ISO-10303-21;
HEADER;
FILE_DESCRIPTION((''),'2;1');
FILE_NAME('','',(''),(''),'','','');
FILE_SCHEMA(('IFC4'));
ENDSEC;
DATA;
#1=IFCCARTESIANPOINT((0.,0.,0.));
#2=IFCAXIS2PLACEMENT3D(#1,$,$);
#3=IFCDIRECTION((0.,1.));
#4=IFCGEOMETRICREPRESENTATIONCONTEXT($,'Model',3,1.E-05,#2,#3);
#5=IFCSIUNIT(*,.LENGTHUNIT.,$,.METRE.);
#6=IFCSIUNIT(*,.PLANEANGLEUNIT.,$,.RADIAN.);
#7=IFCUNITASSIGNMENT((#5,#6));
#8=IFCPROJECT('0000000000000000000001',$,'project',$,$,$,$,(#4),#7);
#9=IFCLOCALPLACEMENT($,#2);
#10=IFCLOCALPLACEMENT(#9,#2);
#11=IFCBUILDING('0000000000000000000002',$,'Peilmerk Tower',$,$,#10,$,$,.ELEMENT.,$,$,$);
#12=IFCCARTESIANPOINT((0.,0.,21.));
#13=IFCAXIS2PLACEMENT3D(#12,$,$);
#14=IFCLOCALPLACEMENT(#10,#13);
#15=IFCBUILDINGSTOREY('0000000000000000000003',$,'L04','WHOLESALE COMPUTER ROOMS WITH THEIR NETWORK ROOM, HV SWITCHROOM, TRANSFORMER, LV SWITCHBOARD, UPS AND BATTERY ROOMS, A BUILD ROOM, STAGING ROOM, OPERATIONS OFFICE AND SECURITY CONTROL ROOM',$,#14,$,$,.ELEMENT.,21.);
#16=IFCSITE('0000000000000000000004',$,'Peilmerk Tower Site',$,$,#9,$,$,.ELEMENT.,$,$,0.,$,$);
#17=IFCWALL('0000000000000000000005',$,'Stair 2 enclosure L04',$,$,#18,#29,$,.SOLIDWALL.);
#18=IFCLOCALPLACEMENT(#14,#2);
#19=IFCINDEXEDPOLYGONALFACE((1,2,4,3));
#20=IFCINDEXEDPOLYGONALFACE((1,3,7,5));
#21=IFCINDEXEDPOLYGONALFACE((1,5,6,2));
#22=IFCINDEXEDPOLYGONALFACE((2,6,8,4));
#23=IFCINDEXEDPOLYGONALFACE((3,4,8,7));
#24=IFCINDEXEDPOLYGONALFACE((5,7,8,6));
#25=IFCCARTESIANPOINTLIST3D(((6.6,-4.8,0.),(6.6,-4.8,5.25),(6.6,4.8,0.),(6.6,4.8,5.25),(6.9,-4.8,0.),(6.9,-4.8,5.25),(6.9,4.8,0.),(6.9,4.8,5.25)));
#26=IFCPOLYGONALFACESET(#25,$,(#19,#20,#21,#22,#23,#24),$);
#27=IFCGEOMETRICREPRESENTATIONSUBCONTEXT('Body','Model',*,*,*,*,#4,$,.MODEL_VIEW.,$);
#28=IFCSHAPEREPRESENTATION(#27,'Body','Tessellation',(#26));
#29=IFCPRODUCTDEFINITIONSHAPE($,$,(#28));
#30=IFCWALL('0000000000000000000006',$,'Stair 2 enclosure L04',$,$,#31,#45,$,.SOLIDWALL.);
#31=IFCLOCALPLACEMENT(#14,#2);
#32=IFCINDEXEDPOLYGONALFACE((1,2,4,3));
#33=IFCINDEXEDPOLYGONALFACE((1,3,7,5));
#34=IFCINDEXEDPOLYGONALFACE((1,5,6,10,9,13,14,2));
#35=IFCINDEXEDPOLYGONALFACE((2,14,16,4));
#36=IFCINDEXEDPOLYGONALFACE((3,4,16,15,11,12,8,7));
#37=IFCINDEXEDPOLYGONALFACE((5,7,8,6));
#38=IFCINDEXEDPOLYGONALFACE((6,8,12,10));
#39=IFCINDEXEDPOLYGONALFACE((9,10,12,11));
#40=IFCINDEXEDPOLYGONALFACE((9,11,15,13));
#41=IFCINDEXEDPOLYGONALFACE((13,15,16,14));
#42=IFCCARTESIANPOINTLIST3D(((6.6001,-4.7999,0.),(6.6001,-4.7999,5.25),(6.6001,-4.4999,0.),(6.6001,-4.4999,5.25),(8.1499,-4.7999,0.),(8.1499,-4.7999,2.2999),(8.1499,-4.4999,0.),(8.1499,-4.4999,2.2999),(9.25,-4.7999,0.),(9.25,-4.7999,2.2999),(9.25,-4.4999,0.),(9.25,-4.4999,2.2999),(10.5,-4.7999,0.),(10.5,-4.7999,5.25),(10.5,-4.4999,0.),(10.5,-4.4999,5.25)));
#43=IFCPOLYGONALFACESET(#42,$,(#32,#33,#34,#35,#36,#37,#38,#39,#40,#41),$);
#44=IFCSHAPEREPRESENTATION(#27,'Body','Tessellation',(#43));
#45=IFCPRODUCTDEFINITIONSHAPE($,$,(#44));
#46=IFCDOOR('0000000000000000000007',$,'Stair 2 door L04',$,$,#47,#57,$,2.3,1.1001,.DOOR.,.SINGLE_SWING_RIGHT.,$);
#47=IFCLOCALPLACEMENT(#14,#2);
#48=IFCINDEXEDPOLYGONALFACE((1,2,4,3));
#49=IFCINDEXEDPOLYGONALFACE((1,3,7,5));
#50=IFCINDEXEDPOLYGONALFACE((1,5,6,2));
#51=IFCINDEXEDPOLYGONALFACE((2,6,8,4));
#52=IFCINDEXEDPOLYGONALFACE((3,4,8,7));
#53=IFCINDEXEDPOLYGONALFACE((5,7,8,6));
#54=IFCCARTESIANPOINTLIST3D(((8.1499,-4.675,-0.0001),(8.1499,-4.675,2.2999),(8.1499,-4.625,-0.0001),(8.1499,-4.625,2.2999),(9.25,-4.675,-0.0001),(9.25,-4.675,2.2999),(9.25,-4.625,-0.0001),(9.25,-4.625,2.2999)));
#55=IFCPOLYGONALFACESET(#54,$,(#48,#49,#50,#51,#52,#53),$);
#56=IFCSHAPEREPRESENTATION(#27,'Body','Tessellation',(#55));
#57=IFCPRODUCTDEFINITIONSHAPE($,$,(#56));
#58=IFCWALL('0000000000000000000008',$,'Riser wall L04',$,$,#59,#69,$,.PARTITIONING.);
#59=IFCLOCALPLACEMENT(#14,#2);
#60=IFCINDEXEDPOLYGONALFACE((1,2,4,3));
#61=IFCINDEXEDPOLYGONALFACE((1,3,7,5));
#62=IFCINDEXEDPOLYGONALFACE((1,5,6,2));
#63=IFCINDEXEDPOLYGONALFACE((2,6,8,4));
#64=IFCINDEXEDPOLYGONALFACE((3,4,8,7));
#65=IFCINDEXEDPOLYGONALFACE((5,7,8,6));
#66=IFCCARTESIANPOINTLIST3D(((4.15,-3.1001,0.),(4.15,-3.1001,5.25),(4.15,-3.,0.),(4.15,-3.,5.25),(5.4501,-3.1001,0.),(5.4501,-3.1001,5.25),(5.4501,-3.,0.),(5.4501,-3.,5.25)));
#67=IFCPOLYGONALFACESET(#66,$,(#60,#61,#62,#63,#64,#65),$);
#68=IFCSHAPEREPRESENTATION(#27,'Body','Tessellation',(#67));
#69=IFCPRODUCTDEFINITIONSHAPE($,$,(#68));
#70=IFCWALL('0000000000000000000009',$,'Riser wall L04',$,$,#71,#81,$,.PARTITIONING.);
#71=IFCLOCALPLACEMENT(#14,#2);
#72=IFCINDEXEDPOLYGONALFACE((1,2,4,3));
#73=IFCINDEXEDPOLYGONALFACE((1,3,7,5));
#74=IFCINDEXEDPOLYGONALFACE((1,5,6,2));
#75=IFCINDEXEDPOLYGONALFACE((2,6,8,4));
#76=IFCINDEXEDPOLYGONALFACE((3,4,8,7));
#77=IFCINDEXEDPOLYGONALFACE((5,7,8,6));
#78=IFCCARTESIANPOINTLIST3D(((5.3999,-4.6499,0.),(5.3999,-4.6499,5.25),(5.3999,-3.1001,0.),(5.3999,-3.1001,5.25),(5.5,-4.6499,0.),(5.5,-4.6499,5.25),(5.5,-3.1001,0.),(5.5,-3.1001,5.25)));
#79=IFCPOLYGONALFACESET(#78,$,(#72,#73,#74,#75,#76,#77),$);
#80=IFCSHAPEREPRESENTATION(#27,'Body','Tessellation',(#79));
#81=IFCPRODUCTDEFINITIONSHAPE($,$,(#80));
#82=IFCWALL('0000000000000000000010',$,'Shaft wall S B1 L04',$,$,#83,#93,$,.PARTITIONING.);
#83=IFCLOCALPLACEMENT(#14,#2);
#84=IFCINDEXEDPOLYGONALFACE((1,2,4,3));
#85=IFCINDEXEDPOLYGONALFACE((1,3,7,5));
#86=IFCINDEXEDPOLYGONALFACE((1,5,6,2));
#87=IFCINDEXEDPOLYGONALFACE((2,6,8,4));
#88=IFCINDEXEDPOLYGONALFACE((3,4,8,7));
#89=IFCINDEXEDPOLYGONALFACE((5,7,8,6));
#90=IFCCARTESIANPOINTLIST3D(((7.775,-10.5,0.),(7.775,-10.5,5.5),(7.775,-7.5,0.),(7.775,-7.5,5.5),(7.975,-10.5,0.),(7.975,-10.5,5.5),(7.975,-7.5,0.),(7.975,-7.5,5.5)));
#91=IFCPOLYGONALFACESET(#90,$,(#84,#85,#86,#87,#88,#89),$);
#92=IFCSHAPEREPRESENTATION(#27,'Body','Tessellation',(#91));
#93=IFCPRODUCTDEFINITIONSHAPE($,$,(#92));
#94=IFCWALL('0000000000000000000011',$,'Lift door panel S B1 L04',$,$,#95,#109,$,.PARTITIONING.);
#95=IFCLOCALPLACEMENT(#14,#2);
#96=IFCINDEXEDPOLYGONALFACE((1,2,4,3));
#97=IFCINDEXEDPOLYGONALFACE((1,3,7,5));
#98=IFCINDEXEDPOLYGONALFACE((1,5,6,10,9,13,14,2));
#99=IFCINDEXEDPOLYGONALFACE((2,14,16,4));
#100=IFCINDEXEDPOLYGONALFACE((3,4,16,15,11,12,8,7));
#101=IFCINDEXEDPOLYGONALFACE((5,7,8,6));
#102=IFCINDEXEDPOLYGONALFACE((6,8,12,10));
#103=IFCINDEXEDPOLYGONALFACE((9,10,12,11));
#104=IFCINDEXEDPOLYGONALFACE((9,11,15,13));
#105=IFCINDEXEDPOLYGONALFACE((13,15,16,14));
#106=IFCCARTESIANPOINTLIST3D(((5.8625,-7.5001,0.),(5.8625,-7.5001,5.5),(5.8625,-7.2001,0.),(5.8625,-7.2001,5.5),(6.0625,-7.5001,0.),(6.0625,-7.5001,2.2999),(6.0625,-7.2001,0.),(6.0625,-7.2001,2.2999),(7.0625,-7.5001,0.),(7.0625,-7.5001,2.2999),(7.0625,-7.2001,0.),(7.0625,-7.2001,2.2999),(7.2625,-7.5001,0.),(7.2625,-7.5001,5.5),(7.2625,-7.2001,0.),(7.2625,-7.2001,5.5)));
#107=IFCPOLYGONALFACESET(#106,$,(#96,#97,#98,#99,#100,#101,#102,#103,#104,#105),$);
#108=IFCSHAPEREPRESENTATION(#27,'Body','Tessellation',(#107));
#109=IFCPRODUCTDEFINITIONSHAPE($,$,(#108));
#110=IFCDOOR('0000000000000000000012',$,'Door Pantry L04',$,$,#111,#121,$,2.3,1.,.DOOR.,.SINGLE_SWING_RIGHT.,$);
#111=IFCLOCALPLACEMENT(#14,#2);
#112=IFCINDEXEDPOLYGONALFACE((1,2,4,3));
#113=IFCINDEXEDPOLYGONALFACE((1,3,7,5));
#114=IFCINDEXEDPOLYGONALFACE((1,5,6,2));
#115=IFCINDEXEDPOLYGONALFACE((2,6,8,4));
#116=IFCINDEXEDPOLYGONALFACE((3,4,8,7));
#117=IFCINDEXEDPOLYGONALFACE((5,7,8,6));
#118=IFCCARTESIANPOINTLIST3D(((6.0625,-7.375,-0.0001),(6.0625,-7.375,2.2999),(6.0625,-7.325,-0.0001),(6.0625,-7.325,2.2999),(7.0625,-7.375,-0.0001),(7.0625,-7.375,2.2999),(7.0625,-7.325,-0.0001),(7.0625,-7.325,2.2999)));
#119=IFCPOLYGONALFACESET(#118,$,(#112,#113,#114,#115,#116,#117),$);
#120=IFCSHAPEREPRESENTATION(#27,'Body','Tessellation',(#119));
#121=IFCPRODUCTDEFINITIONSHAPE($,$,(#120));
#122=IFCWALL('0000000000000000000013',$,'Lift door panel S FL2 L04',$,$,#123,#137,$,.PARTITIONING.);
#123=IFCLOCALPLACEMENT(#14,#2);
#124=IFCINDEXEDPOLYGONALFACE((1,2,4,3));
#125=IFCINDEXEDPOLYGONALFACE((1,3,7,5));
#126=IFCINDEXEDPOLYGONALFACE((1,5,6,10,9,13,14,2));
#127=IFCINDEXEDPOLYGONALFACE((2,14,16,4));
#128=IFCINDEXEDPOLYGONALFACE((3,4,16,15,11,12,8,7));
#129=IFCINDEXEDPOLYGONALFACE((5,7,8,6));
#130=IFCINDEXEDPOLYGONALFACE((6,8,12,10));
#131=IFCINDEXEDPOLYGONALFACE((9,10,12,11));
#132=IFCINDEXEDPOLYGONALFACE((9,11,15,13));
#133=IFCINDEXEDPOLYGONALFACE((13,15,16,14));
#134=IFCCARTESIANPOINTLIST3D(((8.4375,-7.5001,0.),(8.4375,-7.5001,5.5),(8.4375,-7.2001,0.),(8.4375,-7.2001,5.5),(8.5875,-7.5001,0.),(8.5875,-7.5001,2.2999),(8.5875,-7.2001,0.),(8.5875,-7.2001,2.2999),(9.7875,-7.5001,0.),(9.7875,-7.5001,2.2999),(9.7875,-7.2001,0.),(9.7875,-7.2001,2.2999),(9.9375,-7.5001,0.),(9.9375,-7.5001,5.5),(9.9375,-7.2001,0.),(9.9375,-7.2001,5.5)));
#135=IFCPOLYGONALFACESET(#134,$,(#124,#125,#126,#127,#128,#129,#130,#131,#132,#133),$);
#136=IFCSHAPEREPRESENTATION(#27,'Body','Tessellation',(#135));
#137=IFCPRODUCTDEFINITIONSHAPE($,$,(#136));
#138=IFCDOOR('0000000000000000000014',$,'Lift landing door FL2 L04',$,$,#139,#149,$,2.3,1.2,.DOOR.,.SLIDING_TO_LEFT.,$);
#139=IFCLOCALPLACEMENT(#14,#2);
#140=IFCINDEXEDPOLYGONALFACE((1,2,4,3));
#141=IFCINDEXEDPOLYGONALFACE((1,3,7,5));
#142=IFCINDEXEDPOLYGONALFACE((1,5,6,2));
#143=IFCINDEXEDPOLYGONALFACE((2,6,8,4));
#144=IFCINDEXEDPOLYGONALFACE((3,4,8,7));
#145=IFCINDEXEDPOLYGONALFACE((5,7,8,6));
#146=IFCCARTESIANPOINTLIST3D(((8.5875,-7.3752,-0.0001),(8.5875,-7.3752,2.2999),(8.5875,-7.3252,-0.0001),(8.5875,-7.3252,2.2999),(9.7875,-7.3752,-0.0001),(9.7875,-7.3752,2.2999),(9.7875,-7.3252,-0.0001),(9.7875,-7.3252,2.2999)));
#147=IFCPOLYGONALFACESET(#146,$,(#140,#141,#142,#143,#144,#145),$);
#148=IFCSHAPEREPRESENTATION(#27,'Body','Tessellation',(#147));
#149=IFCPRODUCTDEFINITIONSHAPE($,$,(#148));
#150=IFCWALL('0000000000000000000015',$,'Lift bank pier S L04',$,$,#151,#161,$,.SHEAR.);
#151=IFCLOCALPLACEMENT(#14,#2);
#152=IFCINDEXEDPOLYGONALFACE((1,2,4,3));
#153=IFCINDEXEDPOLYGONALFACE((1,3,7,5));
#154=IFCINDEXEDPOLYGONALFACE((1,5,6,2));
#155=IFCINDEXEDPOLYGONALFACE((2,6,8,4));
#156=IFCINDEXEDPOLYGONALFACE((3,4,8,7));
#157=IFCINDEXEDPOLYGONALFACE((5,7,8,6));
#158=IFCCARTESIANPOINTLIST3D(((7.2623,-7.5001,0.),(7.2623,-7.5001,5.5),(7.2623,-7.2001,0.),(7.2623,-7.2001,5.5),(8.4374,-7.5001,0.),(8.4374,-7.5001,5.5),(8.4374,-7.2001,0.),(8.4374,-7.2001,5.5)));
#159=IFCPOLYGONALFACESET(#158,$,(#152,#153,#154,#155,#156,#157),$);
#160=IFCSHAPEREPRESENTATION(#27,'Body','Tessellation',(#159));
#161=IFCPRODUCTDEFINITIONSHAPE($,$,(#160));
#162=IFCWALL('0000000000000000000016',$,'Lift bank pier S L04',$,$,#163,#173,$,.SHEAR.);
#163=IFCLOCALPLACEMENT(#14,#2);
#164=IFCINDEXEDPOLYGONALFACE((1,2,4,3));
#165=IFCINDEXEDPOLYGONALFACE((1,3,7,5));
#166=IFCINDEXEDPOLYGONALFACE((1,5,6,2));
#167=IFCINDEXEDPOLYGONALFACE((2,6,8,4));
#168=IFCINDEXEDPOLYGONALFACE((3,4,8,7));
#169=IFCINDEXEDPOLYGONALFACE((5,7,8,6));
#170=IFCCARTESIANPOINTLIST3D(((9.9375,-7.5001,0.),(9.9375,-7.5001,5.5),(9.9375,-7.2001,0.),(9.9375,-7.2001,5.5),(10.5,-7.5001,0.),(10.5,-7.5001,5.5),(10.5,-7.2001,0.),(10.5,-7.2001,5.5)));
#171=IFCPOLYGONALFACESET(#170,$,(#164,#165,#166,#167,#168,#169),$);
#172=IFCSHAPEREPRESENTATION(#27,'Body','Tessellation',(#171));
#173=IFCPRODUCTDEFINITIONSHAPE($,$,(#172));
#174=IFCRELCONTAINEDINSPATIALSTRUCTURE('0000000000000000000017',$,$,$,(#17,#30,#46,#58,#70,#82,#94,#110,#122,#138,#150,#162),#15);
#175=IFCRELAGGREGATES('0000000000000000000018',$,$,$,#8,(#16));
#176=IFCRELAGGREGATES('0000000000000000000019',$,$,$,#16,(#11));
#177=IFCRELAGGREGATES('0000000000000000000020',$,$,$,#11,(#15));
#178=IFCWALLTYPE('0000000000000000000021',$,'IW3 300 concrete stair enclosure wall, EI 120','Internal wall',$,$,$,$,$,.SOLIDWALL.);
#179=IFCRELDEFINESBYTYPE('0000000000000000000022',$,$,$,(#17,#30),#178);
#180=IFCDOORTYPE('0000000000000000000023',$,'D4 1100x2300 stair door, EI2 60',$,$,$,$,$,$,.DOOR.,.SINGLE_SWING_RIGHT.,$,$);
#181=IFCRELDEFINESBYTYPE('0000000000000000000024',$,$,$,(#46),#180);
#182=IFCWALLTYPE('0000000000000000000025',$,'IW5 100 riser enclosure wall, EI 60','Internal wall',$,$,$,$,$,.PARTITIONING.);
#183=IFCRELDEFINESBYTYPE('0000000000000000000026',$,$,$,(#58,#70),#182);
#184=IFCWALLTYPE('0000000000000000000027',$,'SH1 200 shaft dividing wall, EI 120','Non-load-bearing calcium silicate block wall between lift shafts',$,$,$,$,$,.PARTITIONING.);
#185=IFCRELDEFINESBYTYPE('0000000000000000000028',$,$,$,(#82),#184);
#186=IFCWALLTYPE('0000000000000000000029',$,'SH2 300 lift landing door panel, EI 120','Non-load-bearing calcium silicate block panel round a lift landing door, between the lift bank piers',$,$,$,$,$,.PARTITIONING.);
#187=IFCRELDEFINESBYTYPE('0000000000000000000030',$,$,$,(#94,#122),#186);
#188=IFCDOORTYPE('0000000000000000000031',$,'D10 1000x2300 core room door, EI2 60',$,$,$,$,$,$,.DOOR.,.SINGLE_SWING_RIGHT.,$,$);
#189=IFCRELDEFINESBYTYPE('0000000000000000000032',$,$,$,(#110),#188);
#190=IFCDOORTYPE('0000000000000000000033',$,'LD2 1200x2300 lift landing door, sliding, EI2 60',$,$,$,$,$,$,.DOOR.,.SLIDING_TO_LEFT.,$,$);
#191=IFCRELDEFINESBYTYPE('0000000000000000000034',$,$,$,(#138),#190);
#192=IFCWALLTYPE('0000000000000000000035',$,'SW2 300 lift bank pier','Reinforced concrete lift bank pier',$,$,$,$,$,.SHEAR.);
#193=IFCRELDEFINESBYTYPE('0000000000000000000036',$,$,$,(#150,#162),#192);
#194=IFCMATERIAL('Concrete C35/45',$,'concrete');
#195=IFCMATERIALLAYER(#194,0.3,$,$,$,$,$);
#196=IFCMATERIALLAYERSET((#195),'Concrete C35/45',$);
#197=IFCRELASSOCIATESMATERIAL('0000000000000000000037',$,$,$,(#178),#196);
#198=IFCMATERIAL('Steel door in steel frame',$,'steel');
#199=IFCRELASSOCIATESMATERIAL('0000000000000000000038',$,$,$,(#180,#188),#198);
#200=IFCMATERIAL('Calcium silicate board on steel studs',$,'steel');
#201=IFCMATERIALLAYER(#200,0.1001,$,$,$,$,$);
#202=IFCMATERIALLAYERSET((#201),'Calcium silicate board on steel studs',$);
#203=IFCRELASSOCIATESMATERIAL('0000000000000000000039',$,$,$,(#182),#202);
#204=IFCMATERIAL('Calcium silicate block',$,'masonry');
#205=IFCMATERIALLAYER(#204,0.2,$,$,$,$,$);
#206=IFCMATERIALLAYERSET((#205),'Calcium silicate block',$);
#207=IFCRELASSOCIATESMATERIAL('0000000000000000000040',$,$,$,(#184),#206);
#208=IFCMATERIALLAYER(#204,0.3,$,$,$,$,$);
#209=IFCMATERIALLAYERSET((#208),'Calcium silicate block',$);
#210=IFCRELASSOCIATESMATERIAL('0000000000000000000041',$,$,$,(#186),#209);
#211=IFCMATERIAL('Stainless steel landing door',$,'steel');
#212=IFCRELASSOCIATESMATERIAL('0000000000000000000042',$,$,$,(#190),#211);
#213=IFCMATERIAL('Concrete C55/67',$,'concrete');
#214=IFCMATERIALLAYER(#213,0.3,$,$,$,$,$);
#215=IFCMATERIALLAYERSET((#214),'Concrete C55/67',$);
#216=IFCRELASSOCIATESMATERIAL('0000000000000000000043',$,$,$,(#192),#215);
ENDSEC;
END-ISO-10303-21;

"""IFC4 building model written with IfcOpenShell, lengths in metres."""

from ifc_helpers import new_model, si_unit, direction, frame, frame_2d, origin, place, context, subcontext, project, spatial, rectangle, extrude, material, layer, layer_set, type_object, element, fill, save


model = new_model("IFC4")

# Units and contexts
model_context = context("Model", 3, precision=1e-05, world=origin(), true_north=direction((0.0, 1.0)))
body_context = subcontext(model_context, "Body", "Model", "MODEL_VIEW")
ifc_project = project(units=[si_unit("LENGTHUNIT", "METRE"), si_unit("PLANEANGLEUNIT", "RADIAN")], contexts=[model_context])

# Site, building, storey
site_placement = place(None, origin())
site = spatial("IfcSite", under=ifc_project, at=site_placement, Name="Peilmerk Tower Site", CompositionType="ELEMENT", RefElevation=0.0)
building_placement = place(site_placement, origin())
building = spatial("IfcBuilding", under=site, at=building_placement, Name="Peilmerk Tower", CompositionType="ELEMENT")
storey_placement = place(building_placement, frame((0.0, 0.0, 21.0)))
storey = spatial("IfcBuildingStorey", under=building, at=storey_placement, Name="L04", Description="WHOLESALE COMPUTER ROOMS WITH THEIR NETWORK ROOM, HV SWITCHROOM, TRANSFORMER, LV SWITCHBOARD, UPS AND BATTERY ROOMS, A BUILD ROOM, STAGING ROOM, OPERATIONS OFFICE AND SECURITY CONTROL ROOM", CompositionType="ELEMENT", Elevation=21.0)

# Wall
ifc_material_1 = material(Name="Concrete C35/45", Category="concrete")
ifc_layer_1 = layer(ifc_material_1, 0.3)
ifc_layer_set_1 = layer_set([ifc_layer_1], Name="Concrete C35/45")
wall_type_1 = type_object("IfcWallType", Name="IW3 300 concrete stair enclosure wall, EI 120", Description="Internal wall", PredefinedType="SOLIDWALL", material=ifc_layer_set_1)
wall_1_placement = place(storey_placement, frame((6.75, -4.8, 0.0), z_axis=(0.0, 0.0, 1.0), x_axis=(0.0, 1.0, 0.0)))
element("IfcWall", 1, at=wall_1_placement, inside=storey, type_object=wall_type_1, Name="Stair 2 enclosure L04", PredefinedType="SOLIDWALL", context=body_context, shape_type="SweptSolid", body=[
    extrude(rectangle(XDim=9.6001, YDim=0.3, at=frame_2d((4.8, 0.0))), origin(), (0.0, 0.0, 1.0), 5.25),
])

# Wall, opening, door
wall_2_placement = place(storey_placement, frame((10.5, -4.6499, 0.0), z_axis=(0.0, 0.0, 1.0), x_axis=(-1.0, 0.0, 0.0)))
wall_2 = element("IfcWall", 2, at=wall_2_placement, inside=storey, type_object=wall_type_1, Name="Stair 2 enclosure L04", PredefinedType="SOLIDWALL", context=body_context, shape_type="SweptSolid", body=[
    extrude(rectangle(XDim=3.8999, YDim=0.3, at=frame_2d((1.95, 0.0))), origin(), (0.0, 0.0, 1.0), 5.25),
])
opening_1_placement = place(wall_2_placement, frame((1.25, 0.0, 0.0)))
opening_1 = element("IfcOpeningElement", 3, at=opening_1_placement, cuts=wall_2, PredefinedType="OPENING", context=body_context, shape_type="SweptSolid", body=[
    extrude(rectangle(XDim=1.1001, YDim=2.3, at=frame_2d((0.55, 1.1499))), frame((0.0, 0.1599, 0.0), z_axis=(0.0, -1.0, 0.0), x_axis=(1.0, 0.0, 0.0)), (0.0, 0.0, 1.0), 0.3201),
])
ifc_material_2 = material(Name="Steel door in steel frame", Category="steel")
door_type_1 = type_object("IfcDoorType", Name="D4 1100x2300 stair door, EI2 60", OperationType="SINGLE_SWING_RIGHT", PredefinedType="DOOR", material=ifc_material_2)
door_1_placement = place(opening_1_placement, frame((1.1001, 0.0, 0.0), z_axis=(0.0, 0.0, 1.0), x_axis=(-1.0, 0.0, 0.0)))
door_1 = element("IfcDoor", 4, at=door_1_placement, inside=storey, type_object=door_type_1, Name="Stair 2 door L04", OperationType="SINGLE_SWING_RIGHT", OverallHeight=2.3, OverallWidth=1.1001, PredefinedType="DOOR", context=body_context, shape_type="SweptSolid", body=[
    extrude(rectangle(XDim=1.1001, YDim=2.3, at=frame_2d((0.55, 1.1499))), frame((0.0, 0.0249, 0.0), z_axis=(0.0, -1.0, 0.0), x_axis=(1.0, 0.0, 0.0)), (0.0, 0.0, 1.0), 0.05),
])
fill(opening_1, door_1)

# Walls
ifc_material_3 = material(Name="Calcium silicate board on steel studs", Category="steel")
ifc_layer_2 = layer(ifc_material_3, 0.1001)
ifc_layer_set_2 = layer_set([ifc_layer_2], Name="Calcium silicate board on steel studs")
wall_type_2 = type_object("IfcWallType", Name="IW5 100 riser enclosure wall, EI 60", Description="Internal wall", PredefinedType="PARTITIONING", material=ifc_layer_set_2)
wall_3_placement = place(storey_placement, frame((5.45, -3.05, 0.0), z_axis=(0.0, 0.0, 1.0), x_axis=(-1.0, 0.0, 0.0)))
element("IfcWall", 5, at=wall_3_placement, inside=storey, type_object=wall_type_2, Name="Riser wall L04", PredefinedType="PARTITIONING", context=body_context, shape_type="SweptSolid", body=[
    extrude(rectangle(XDim=1.3, YDim=0.1001, at=frame_2d((0.6499, 0.0))), origin(), (0.0, 0.0, 1.0), 5.25),
])
wall_4_placement = place(storey_placement, frame((5.45, -3.1001, 0.0), z_axis=(0.0, 0.0, 1.0), x_axis=(0.0, -1.0, 0.0)))
element("IfcWall", 6, at=wall_4_placement, inside=storey, type_object=wall_type_2, Name="Riser wall L04", PredefinedType="PARTITIONING", context=body_context, shape_type="SweptSolid", body=[
    extrude(rectangle(XDim=1.5498, YDim=0.1001, at=frame_2d((0.7749, 0.0))), origin(), (0.0, 0.0, 1.0), 5.25),
])
ifc_material_4 = material(Name="Calcium silicate block", Category="masonry")
ifc_layer_3 = layer(ifc_material_4, 0.2)
ifc_layer_set_3 = layer_set([ifc_layer_3], Name="Calcium silicate block")
wall_type_3 = type_object("IfcWallType", Name="SH1 200 shaft dividing wall, EI 120", Description="Non-load-bearing calcium silicate block wall between lift shafts", PredefinedType="PARTITIONING", material=ifc_layer_set_3)
wall_5_placement = place(storey_placement, frame((7.875, -10.5, 0.0), z_axis=(0.0, 0.0, 1.0), x_axis=(0.0, 1.0, 0.0)))
element("IfcWall", 7, at=wall_5_placement, inside=storey, type_object=wall_type_3, Name="Shaft wall S B1 L04", PredefinedType="PARTITIONING", context=body_context, shape_type="SweptSolid", body=[
    extrude(rectangle(XDim=3.0, YDim=0.2, at=frame_2d((1.5, 0.0))), origin(), (0.0, 0.0, 1.0), 5.5),
])

# Walls, openings, doors
ifc_layer_4 = layer(ifc_material_4, 0.3)
ifc_layer_set_4 = layer_set([ifc_layer_4], Name="Calcium silicate block")
wall_type_4 = type_object("IfcWallType", Name="SH2 300 lift landing door panel, EI 120", Description="Non-load-bearing calcium silicate block panel round a lift landing door, between the lift bank piers", PredefinedType="PARTITIONING", material=ifc_layer_set_4)
wall_6_placement = place(storey_placement, frame((5.8625, -7.3501, 0.0), z_axis=(0.0, 0.0, 1.0), x_axis=(1.0, 0.0, 0.0)))
wall_6 = element("IfcWall", 8, at=wall_6_placement, inside=storey, type_object=wall_type_4, Name="Lift door panel S B1 L04", PredefinedType="PARTITIONING", context=body_context, shape_type="SweptSolid", body=[
    extrude(rectangle(XDim=1.3999, YDim=0.3, at=frame_2d((0.7, 0.0))), origin(), (0.0, 0.0, 1.0), 5.5),
])
opening_2_placement = place(wall_6_placement, frame((0.2, 0.0, 0.0)))
opening_2 = element("IfcOpeningElement", 9, at=opening_2_placement, cuts=wall_6, PredefinedType="OPENING", context=body_context, shape_type="SweptSolid", body=[
    extrude(rectangle(XDim=1.0, YDim=2.3, at=frame_2d((0.5, 1.1499))), frame((0.0, 0.1599, 0.0), z_axis=(0.0, -1.0, 0.0), x_axis=(1.0, 0.0, 0.0)), (0.0, 0.0, 1.0), 0.3201),
])
door_type_2 = type_object("IfcDoorType", Name="D10 1000x2300 core room door, EI2 60", OperationType="SINGLE_SWING_RIGHT", PredefinedType="DOOR", material=ifc_material_2)
door_2_placement = place(opening_2_placement, frame((1.0, 0.0, 0.0), z_axis=(0.0, 0.0, 1.0), x_axis=(-1.0, 0.0, 0.0)))
door_2 = element("IfcDoor", 10, at=door_2_placement, inside=storey, type_object=door_type_2, Name="Door Pantry L04", OperationType="SINGLE_SWING_RIGHT", OverallHeight=2.3, OverallWidth=1.0, PredefinedType="DOOR", context=body_context, shape_type="SweptSolid", body=[
    extrude(rectangle(XDim=1.0, YDim=2.3, at=frame_2d((0.5, 1.1499))), frame((0.0, 0.0249, 0.0), z_axis=(0.0, -1.0, 0.0), x_axis=(1.0, 0.0, 0.0)), (0.0, 0.0, 1.0), 0.05),
])
fill(opening_2, door_2)
wall_7_placement = place(storey_placement, frame((8.4375, -7.3501, 0.0), z_axis=(0.0, 0.0, 1.0), x_axis=(1.0, 0.0, 0.0)))
wall_7 = element("IfcWall", 11, at=wall_7_placement, inside=storey, type_object=wall_type_4, Name="Lift door panel S FL2 L04", PredefinedType="PARTITIONING", context=body_context, shape_type="SweptSolid", body=[
    extrude(rectangle(XDim=1.5, YDim=0.3, at=frame_2d((0.75, 0.0))), origin(), (0.0, 0.0, 1.0), 5.5),
])
opening_3_placement = place(wall_7_placement, frame((0.1499, 0.0, 0.0)))
opening_3 = element("IfcOpeningElement", 12, at=opening_3_placement, cuts=wall_7, PredefinedType="OPENING", context=body_context, shape_type="SweptSolid", body=[
    extrude(rectangle(XDim=1.2, YDim=2.3, at=frame_2d((0.6001, 1.1499))), frame((0.0, 0.1599, 0.0), z_axis=(0.0, -1.0, 0.0), x_axis=(1.0, 0.0, 0.0)), (0.0, 0.0, 1.0), 0.3201),
])
ifc_material_5 = material(Name="Stainless steel landing door", Category="steel")
door_type_3 = type_object("IfcDoorType", Name="LD2 1200x2300 lift landing door, sliding, EI2 60", OperationType="SLIDING_TO_LEFT", PredefinedType="DOOR", material=ifc_material_5)
door_3_placement = place(opening_3_placement, origin())
door_3 = element("IfcDoor", 13, at=door_3_placement, inside=storey, type_object=door_type_3, Name="Lift landing door FL2 L04", OperationType="SLIDING_TO_LEFT", OverallHeight=2.3, OverallWidth=1.2, PredefinedType="DOOR", context=body_context, shape_type="SweptSolid", body=[
    extrude(rectangle(XDim=1.2, YDim=2.3, at=frame_2d((0.6001, 1.1499))), frame((0.0, 0.0249, 0.0), z_axis=(0.0, -1.0, 0.0), x_axis=(1.0, 0.0, 0.0)), (0.0, 0.0, 1.0), 0.05),
])
fill(opening_3, door_3)

# Walls
ifc_material_6 = material(Name="Concrete C55/67", Category="concrete")
ifc_layer_5 = layer(ifc_material_6, 0.3)
ifc_layer_set_5 = layer_set([ifc_layer_5], Name="Concrete C55/67")
wall_type_5 = type_object("IfcWallType", Name="SW2 300 lift bank pier", Description="Reinforced concrete lift bank pier", PredefinedType="SHEAR", material=ifc_layer_set_5)
wall_8_placement = place(storey_placement, frame((7.2625, -7.3501, 0.0), z_axis=(0.0, 0.0, 1.0), x_axis=(1.0, 0.0, 0.0)))
element("IfcWall", 14, at=wall_8_placement, inside=storey, type_object=wall_type_5, Name="Lift bank pier S L04", PredefinedType="SHEAR", context=body_context, shape_type="SweptSolid", body=[
    extrude(rectangle(XDim=1.175, YDim=0.3, at=frame_2d((0.5874, 0.0))), origin(), (0.0, 0.0, 1.0), 5.5),
])
wall_9_placement = place(storey_placement, frame((9.9375, -7.3501, 0.0), z_axis=(0.0, 0.0, 1.0), x_axis=(1.0, 0.0, 0.0)))
element("IfcWall", 15, at=wall_9_placement, inside=storey, type_object=wall_type_5, Name="Lift bank pier S L04", PredefinedType="SHEAR", context=body_context, shape_type="SweptSolid", body=[
    extrude(rectangle(XDim=0.5625, YDim=0.3, at=frame_2d((0.2812, 0.0))), origin(), (0.0, 0.0, 1.0), 5.5),
])

save(model, "model.ifc")
